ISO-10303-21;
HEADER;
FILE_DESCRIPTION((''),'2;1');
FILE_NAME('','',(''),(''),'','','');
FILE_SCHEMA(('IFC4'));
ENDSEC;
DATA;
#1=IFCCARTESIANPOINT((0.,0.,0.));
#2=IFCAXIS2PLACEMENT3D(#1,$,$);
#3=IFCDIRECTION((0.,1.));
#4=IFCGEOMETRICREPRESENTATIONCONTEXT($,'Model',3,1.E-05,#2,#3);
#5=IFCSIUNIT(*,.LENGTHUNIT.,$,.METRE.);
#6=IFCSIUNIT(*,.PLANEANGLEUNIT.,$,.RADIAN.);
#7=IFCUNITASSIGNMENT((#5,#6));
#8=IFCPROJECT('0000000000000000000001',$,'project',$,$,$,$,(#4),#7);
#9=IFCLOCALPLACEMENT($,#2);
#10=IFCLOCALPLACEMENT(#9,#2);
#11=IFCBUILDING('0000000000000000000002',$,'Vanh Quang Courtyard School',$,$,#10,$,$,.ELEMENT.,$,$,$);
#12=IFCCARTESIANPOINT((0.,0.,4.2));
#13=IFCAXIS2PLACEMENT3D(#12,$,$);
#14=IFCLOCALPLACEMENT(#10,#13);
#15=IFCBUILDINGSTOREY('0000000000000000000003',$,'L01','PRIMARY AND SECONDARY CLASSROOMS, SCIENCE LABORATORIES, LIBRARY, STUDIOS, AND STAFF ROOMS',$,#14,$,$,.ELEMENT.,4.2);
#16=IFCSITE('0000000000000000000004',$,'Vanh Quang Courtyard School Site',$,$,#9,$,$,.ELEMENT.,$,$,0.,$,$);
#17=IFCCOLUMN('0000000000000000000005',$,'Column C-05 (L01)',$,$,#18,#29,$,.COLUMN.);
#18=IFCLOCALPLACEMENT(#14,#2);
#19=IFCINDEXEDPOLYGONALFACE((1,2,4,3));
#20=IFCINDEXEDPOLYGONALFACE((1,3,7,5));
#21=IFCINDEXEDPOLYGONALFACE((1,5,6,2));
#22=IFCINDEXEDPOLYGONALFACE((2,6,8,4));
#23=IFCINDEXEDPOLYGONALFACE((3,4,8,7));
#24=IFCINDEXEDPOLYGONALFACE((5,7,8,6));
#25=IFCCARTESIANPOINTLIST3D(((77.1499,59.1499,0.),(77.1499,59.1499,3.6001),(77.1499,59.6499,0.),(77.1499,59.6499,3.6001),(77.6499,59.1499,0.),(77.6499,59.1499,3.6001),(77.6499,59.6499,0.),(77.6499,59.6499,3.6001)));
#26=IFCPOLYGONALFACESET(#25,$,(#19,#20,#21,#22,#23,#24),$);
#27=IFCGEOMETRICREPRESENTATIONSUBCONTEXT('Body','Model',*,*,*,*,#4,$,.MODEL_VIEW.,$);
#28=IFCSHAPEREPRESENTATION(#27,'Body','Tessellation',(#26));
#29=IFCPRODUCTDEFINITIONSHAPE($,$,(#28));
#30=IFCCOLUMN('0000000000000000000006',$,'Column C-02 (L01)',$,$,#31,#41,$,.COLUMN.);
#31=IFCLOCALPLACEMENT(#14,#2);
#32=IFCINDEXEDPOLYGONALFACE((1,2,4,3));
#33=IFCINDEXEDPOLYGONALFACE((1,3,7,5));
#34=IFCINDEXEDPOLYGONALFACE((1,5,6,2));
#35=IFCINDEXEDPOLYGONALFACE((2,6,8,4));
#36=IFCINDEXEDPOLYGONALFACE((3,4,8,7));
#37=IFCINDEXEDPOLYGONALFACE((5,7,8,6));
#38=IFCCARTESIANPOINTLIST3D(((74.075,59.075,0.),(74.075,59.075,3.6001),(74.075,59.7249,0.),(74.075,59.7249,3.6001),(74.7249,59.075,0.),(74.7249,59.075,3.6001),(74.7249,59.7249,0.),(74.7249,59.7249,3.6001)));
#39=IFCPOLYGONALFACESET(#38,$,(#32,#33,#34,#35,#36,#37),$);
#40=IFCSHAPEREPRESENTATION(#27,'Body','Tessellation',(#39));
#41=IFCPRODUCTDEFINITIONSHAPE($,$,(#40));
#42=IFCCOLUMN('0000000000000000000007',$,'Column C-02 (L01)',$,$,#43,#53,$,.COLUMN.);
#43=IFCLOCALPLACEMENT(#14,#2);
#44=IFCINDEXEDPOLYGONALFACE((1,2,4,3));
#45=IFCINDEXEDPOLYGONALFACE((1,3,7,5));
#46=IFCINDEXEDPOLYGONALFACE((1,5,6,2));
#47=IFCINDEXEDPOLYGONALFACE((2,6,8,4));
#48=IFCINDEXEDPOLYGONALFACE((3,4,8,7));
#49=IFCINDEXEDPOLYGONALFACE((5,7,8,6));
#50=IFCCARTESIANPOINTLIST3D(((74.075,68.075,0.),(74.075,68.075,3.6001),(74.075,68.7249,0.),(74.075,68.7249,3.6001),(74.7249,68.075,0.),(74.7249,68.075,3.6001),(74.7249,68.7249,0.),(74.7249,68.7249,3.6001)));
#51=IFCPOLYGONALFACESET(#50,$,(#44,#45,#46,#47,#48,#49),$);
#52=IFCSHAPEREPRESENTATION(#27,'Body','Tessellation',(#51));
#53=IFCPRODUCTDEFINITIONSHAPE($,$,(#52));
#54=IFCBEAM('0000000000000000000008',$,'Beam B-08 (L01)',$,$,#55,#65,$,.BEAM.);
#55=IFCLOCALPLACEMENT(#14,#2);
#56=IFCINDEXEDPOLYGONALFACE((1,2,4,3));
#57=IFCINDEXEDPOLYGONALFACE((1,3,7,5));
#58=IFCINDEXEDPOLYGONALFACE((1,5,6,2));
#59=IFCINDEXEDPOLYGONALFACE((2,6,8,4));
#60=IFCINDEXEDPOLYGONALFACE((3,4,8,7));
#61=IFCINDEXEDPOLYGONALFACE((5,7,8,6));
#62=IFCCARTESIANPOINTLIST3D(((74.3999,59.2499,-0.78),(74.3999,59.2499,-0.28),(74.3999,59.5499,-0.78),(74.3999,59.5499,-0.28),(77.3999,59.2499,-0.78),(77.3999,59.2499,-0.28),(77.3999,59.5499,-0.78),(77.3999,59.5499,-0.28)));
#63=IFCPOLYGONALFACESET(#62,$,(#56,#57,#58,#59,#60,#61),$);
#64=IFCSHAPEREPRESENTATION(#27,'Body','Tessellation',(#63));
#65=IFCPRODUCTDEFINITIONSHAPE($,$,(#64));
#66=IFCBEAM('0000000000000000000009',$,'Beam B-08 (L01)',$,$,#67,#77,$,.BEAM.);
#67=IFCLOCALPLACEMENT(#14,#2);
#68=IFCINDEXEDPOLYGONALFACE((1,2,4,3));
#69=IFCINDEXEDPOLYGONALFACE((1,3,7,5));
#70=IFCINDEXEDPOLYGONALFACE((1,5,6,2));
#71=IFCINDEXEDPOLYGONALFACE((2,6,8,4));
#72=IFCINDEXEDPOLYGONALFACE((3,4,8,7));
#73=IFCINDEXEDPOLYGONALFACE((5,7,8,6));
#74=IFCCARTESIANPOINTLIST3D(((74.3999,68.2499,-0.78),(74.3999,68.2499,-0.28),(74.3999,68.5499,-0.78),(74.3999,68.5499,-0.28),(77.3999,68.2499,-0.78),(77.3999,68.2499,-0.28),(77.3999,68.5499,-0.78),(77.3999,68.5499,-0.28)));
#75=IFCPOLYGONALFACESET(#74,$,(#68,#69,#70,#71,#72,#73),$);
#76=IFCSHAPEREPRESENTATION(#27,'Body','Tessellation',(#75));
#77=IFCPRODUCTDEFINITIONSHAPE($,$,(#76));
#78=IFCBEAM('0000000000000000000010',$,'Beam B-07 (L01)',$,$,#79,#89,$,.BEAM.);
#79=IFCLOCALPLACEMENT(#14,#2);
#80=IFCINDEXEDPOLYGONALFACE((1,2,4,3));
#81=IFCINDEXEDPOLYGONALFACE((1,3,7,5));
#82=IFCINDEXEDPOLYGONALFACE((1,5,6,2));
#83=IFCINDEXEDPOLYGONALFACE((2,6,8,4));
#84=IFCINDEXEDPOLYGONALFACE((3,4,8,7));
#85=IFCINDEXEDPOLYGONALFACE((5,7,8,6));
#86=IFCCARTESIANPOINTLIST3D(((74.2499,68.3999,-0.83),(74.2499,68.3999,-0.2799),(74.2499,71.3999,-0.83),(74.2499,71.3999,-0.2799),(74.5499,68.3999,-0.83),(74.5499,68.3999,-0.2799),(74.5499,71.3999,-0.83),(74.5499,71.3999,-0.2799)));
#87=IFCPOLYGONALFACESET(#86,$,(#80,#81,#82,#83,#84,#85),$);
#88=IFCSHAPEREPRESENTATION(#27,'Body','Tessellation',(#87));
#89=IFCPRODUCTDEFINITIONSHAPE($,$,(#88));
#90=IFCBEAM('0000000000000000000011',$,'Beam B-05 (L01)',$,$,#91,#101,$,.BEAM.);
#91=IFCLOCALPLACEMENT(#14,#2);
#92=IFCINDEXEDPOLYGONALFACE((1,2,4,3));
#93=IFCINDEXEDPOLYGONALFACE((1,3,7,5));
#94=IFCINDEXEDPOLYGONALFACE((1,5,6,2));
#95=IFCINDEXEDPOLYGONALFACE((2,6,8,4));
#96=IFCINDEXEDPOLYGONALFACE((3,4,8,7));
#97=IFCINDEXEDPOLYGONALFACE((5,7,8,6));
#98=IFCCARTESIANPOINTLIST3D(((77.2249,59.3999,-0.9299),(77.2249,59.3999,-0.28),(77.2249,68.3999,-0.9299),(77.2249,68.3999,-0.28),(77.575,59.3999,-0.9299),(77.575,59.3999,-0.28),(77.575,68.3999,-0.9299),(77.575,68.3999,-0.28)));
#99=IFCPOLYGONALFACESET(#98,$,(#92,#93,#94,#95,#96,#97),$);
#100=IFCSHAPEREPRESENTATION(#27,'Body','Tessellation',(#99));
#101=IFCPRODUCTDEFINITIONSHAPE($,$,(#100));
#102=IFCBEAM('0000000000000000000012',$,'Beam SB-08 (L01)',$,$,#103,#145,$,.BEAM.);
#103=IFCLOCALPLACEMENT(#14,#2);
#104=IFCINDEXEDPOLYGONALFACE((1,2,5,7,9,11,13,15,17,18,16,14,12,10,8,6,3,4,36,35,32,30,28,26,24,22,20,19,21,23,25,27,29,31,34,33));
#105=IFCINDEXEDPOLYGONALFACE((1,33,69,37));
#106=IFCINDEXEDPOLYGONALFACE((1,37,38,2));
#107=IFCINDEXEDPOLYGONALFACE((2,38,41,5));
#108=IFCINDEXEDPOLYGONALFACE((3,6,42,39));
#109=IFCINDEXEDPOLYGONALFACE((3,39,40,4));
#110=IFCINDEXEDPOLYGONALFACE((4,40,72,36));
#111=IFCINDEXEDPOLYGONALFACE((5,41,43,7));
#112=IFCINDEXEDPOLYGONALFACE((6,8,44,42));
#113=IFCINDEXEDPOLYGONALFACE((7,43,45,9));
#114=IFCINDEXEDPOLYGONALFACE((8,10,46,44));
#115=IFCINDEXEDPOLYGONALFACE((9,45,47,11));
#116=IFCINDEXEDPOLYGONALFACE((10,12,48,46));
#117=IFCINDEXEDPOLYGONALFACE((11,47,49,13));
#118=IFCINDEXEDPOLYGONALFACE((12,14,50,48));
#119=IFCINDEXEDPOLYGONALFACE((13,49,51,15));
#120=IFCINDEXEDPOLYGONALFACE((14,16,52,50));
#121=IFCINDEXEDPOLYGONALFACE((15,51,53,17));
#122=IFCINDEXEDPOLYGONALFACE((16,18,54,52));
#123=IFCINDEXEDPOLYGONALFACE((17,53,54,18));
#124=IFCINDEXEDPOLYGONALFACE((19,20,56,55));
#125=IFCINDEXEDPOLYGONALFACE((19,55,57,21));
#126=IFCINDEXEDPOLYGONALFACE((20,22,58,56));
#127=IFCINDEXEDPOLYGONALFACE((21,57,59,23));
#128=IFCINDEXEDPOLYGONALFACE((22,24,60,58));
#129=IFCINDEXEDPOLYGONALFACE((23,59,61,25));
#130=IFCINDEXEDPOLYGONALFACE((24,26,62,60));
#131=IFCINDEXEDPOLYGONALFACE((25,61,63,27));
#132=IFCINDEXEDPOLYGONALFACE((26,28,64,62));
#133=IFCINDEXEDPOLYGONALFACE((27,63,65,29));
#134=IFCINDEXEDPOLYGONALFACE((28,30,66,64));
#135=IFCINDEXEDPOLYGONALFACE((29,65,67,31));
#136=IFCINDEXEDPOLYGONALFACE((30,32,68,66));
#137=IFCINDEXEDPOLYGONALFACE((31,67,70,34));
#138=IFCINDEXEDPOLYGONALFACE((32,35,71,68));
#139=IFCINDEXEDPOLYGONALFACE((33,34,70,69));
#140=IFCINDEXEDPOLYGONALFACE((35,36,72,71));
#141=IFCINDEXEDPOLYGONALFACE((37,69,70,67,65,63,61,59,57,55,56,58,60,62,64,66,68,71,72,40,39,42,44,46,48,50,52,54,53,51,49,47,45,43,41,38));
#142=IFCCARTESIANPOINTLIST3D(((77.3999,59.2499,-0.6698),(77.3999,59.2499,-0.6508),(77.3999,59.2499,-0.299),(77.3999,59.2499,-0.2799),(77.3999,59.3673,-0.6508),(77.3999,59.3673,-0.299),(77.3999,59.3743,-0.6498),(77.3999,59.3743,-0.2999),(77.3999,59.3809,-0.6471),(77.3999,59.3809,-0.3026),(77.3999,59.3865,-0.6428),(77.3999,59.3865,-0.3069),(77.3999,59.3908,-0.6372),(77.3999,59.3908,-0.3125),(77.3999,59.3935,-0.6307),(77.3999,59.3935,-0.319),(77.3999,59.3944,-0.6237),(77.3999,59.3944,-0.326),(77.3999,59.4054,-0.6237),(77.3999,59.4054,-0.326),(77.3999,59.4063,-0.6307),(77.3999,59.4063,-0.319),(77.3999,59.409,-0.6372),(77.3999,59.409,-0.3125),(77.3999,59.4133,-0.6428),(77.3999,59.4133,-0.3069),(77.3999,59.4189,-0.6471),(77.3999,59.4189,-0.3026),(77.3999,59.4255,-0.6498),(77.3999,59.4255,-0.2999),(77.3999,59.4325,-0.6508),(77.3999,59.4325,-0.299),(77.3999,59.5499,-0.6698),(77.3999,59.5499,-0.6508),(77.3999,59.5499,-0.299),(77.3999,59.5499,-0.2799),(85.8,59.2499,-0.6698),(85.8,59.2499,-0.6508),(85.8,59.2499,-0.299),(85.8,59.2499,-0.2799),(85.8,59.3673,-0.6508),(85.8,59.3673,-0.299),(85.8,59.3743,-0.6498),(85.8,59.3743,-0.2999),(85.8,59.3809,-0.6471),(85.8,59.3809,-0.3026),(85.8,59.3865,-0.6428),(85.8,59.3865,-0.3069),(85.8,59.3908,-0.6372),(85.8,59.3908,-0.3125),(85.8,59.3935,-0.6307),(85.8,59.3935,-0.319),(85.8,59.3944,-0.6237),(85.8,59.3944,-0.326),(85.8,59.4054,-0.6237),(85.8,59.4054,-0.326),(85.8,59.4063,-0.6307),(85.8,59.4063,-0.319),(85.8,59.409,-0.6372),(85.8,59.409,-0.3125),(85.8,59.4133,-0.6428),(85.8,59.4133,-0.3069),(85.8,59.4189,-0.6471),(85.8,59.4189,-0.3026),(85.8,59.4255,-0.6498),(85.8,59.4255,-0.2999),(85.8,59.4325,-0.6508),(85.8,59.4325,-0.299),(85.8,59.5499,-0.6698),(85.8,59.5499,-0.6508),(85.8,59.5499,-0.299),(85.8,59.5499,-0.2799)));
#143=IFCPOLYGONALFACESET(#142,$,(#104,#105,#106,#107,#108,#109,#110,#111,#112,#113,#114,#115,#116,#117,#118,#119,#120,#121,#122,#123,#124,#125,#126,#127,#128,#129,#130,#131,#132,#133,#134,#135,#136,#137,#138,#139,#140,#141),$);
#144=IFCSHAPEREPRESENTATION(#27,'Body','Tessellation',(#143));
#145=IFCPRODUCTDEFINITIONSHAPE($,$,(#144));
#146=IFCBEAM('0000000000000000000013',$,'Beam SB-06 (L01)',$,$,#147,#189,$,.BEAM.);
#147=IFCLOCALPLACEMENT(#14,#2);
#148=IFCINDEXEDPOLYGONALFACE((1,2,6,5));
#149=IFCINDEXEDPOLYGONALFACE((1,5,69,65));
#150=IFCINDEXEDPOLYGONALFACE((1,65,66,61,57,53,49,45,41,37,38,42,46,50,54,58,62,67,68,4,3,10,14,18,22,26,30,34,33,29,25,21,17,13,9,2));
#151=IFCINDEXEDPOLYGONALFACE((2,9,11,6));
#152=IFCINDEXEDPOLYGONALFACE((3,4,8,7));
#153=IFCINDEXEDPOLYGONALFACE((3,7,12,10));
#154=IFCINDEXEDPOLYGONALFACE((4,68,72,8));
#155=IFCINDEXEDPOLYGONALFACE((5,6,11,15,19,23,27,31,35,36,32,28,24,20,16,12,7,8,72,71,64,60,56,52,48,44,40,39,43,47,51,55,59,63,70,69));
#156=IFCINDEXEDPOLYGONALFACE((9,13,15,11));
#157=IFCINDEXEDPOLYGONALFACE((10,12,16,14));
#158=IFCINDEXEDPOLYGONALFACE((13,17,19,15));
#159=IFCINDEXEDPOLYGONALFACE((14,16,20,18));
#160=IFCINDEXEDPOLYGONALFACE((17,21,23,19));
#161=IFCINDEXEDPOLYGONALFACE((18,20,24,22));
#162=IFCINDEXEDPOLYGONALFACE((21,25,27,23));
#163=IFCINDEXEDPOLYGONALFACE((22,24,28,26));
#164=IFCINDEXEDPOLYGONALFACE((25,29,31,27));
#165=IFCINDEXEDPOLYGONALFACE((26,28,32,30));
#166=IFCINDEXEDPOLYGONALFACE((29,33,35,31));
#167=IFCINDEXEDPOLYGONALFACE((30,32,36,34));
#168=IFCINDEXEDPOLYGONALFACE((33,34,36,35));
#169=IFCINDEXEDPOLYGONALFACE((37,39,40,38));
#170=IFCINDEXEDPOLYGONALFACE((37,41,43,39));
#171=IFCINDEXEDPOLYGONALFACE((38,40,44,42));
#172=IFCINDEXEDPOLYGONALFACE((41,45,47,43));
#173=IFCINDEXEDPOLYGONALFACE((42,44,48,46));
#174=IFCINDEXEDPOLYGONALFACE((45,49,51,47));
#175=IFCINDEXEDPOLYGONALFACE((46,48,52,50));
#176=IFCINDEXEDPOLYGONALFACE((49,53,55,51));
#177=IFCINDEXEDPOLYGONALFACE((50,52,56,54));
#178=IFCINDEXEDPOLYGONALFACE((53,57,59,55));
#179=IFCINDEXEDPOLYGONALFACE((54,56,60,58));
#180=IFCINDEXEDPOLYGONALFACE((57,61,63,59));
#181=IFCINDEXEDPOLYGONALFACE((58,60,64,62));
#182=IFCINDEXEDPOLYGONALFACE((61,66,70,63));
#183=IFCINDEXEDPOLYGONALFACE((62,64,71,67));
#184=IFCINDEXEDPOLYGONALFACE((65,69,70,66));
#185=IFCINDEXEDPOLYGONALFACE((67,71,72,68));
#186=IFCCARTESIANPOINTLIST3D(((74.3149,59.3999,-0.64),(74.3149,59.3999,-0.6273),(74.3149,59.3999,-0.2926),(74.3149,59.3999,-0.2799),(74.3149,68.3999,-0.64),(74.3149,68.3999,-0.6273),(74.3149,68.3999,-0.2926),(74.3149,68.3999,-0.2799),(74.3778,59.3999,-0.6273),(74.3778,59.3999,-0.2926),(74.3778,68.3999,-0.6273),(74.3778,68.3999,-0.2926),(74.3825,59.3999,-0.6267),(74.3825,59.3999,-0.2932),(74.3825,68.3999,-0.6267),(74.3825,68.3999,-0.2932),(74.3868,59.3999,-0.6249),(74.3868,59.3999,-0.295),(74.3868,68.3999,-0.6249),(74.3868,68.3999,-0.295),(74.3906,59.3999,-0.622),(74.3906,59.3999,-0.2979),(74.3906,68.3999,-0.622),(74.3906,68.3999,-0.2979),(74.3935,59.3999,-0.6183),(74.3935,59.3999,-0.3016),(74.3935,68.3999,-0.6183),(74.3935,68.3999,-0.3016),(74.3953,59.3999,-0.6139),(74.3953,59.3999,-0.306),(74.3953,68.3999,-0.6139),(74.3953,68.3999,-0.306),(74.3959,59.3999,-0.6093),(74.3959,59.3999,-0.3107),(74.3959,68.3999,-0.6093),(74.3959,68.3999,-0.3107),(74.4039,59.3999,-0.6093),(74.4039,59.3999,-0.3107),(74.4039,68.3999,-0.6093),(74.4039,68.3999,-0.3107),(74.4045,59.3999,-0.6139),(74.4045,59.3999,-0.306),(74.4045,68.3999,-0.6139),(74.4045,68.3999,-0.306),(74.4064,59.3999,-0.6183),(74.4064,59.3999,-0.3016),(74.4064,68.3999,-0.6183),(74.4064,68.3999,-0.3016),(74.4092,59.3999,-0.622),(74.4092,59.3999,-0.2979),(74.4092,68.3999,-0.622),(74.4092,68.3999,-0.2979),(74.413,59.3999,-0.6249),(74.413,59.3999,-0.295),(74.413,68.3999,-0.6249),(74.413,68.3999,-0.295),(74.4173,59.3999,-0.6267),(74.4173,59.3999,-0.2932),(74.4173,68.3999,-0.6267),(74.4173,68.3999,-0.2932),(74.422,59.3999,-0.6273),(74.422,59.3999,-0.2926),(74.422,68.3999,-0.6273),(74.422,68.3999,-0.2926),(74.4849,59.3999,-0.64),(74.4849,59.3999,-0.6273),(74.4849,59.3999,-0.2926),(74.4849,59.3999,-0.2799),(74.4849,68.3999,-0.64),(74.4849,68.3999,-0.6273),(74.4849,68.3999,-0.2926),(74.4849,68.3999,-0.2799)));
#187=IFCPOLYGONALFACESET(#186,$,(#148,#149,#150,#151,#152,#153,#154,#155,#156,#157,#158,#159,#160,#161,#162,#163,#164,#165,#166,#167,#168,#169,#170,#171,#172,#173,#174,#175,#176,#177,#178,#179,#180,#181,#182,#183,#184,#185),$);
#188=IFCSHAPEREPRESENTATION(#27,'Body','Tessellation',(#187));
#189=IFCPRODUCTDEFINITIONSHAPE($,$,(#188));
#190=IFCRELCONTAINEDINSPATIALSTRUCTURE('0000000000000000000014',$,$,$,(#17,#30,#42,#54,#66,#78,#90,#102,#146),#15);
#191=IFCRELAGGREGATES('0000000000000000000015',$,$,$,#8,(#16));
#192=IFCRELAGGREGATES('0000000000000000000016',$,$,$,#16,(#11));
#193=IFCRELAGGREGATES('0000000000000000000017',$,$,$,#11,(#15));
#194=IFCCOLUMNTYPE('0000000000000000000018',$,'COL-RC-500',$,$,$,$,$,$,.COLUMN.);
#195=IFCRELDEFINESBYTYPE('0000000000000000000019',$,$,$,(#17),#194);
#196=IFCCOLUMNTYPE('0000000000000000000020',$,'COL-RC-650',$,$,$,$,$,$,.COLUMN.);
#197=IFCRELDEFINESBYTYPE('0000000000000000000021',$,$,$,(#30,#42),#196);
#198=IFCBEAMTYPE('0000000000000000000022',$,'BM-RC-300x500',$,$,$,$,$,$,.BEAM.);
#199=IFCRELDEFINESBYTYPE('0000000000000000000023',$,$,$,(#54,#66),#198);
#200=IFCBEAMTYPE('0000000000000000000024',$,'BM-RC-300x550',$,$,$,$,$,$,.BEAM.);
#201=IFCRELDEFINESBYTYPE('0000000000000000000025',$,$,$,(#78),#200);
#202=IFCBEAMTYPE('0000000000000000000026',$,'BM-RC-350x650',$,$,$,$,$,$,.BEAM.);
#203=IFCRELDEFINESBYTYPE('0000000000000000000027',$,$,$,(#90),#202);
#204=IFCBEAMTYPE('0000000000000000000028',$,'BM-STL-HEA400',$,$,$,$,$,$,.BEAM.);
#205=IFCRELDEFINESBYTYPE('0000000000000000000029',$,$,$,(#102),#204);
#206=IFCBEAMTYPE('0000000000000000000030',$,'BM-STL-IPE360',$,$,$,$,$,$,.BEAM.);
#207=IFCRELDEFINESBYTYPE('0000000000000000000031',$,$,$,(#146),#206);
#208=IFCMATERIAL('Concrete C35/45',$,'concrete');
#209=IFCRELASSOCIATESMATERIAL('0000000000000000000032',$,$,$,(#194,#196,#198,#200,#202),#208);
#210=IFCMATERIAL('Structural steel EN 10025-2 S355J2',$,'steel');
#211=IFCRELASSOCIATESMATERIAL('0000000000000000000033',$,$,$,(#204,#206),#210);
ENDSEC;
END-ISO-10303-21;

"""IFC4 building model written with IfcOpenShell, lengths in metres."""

from ifc_helpers import new_model, si_unit, direction, frame, origin, origin_2d, place, context, subcontext, project, spatial, rectangle, i_section, extrude, material, material_profile, profile_set, type_object, element, save


model = new_model("IFC4")

# Units and contexts
model_context = context("Model", 3, precision=1e-05, world=origin(), true_north=direction((0.0, 1.0)))
body_context = subcontext(model_context, "Body", "Model", "MODEL_VIEW")
ifc_project = project(units=[si_unit("LENGTHUNIT", "METRE"), si_unit("PLANEANGLEUNIT", "RADIAN")], contexts=[model_context])

# Site, building, storey
site_placement = place(None, origin())
site = spatial("IfcSite", under=ifc_project, at=site_placement, Name="Vanh Quang Courtyard School Site", CompositionType="ELEMENT", RefElevation=0.0)
building_placement = place(site_placement, origin())
building = spatial("IfcBuilding", under=site, at=building_placement, Name="Vanh Quang Courtyard School", CompositionType="ELEMENT")
storey_placement = place(building_placement, frame((0.0, 0.0, 4.2)))
storey = spatial("IfcBuildingStorey", under=building, at=storey_placement, Name="L01", Description="PRIMARY AND SECONDARY CLASSROOMS, SCIENCE LABORATORIES, LIBRARY, STUDIOS, AND STAFF ROOMS", CompositionType="ELEMENT", Elevation=4.2)

# Columns
ifc_material_1 = material(Name="Concrete C35/45", Category="concrete")
ifc_material_profile_1 = material_profile(ifc_material_1, rectangle(XDim=0.5, YDim=0.5, at=origin_2d()), Name="RC-COL 500x500")
ifc_profile_set_1 = profile_set([ifc_material_profile_1], Name="Concrete C35/45")
column_type_1 = type_object("IfcColumnType", Name="COL-RC-500", PredefinedType="COLUMN", material=ifc_profile_set_1)
column_placement = place(storey_placement, frame((77.3999, 59.3999, 0.0), z_axis=(0.0, 0.0, 1.0), x_axis=(1.0, 0.0, 0.0)))
element("IfcColumn", 1, at=column_placement, inside=storey, type_object=column_type_1, Name="Column C-05 (L01)", PredefinedType="COLUMN", context=body_context, shape_type="SweptSolid", body=[
    extrude(rectangle(XDim=0.5, YDim=0.5, at=origin_2d()), origin(), (0.0, 0.0, 1.0), 3.6001),
])
ifc_material_profile_2 = material_profile(ifc_material_1, rectangle(XDim=0.6499, YDim=0.6499, at=origin_2d()), Name="RC-COL 650x650")
ifc_profile_set_2 = profile_set([ifc_material_profile_2], Name="Concrete C35/45")
column_type_2 = type_object("IfcColumnType", Name="COL-RC-650", PredefinedType="COLUMN", material=ifc_profile_set_2)
for number, where, z_axis, x_axis, name in (
    (2, (74.3999, 59.3999, 0.0), (0.0, 0.0, 1.0), (1.0, 0.0, 0.0), "Column C-02 (L01)"),
    (3, (74.3999, 68.3999, 0.0), (0.0, 0.0, 1.0), (1.0, 0.0, 0.0), "Column C-02 (L01)"),
):
    element("IfcColumn", number, at=place(storey_placement, frame(where, z_axis=z_axis, x_axis=x_axis)), inside=storey, type_object=column_type_2, Name=name, PredefinedType="COLUMN", context=body_context, shape_type="SweptSolid", body=[
        extrude(rectangle(XDim=0.6499, YDim=0.6499, at=origin_2d()), origin(), (0.0, 0.0, 1.0), 3.6001),
    ])

# Beams
ifc_material_profile_3 = material_profile(ifc_material_1, rectangle(XDim=0.3, YDim=0.5, at=origin_2d()), Name="RC-BM 300x500")
ifc_profile_set_3 = profile_set([ifc_material_profile_3], Name="Concrete C35/45")
beam_type_1 = type_object("IfcBeamType", Name="BM-RC-300x500", PredefinedType="BEAM", material=ifc_profile_set_3)
for number, where, z_axis, x_axis, name in (
    (4, (74.3999, 59.3999, -0.53), (1.0, 0.0, 0.0), (0.0, 1.0, 0.0), "Beam B-08 (L01)"),
    (5, (74.3999, 68.3999, -0.53), (1.0, 0.0, 0.0), (0.0, 1.0, 0.0), "Beam B-08 (L01)"),
):
    element("IfcBeam", number, at=place(storey_placement, frame(where, z_axis=z_axis, x_axis=x_axis)), inside=storey, type_object=beam_type_1, Name=name, PredefinedType="BEAM", context=body_context, shape_type="SweptSolid", body=[
        extrude(rectangle(XDim=0.3, YDim=0.5, at=origin_2d()), origin(), (0.0, 0.0, 1.0), 3.0),
    ])
ifc_material_profile_4 = material_profile(ifc_material_1, rectangle(XDim=0.3, YDim=0.55, at=origin_2d()), Name="RC-BM 300x550")
ifc_profile_set_4 = profile_set([ifc_material_profile_4], Name="Concrete C35/45")
beam_type_2 = type_object("IfcBeamType", Name="BM-RC-300x550", PredefinedType="BEAM", material=ifc_profile_set_4)
beam_1_placement = place(storey_placement, frame((74.3999, 68.3999, -0.5549), z_axis=(0.0, 1.0, 0.0), x_axis=(-1.0, 0.0, 0.0)))
element("IfcBeam", 6, at=beam_1_placement, inside=storey, type_object=beam_type_2, Name="Beam B-07 (L01)", PredefinedType="BEAM", context=body_context, shape_type="SweptSolid", body=[
    extrude(rectangle(XDim=0.3, YDim=0.55, at=origin_2d()), origin(), (0.0, 0.0, 1.0), 3.0),
])
ifc_material_profile_5 = material_profile(ifc_material_1, rectangle(XDim=0.3501, YDim=0.6499, at=origin_2d()), Name="RC-BM 350x650")
ifc_profile_set_5 = profile_set([ifc_material_profile_5], Name="Concrete C35/45")
beam_type_3 = type_object("IfcBeamType", Name="BM-RC-350x650", PredefinedType="BEAM", material=ifc_profile_set_5)
beam_2_placement = place(storey_placement, frame((77.3999, 59.3999, -0.605), z_axis=(0.0, 1.0, 0.0), x_axis=(-1.0, 0.0, 0.0)))
element("IfcBeam", 7, at=beam_2_placement, inside=storey, type_object=beam_type_3, Name="Beam B-05 (L01)", PredefinedType="BEAM", context=body_context, shape_type="SweptSolid", body=[
    extrude(rectangle(XDim=0.3501, YDim=0.6499, at=origin_2d()), origin(), (0.0, 0.0, 1.0), 9.0),
])
ifc_material_2 = material(Name="Structural steel EN 10025-2 S355J2", Category="steel")
ifc_material_profile_6 = material_profile(ifc_material_2, i_section(OverallWidth=0.3, OverallDepth=0.3899, WebThickness=0.011, FlangeThickness=0.019, FilletRadius=0.0271, at=origin_2d()), Name="HEA 400")
ifc_profile_set_6 = profile_set([ifc_material_profile_6], Name="Structural steel EN 10025-2 S355J2")
beam_type_4 = type_object("IfcBeamType", Name="BM-STL-HEA400", PredefinedType="BEAM", material=ifc_profile_set_6)
beam_3_placement = place(storey_placement, frame((77.3999, 59.3999, -0.4749), z_axis=(1.0, 0.0, 0.0), x_axis=(0.0, 1.0, 0.0)))
element("IfcBeam", 8, at=beam_3_placement, inside=storey, type_object=beam_type_4, Name="Beam SB-08 (L01)", PredefinedType="BEAM", context=body_context, shape_type="SweptSolid", body=[
    extrude(i_section(OverallWidth=0.3, OverallDepth=0.3899, WebThickness=0.011, FlangeThickness=0.019, FilletRadius=0.0271, at=origin_2d()), origin(), (0.0, 0.0, 1.0), 8.4001),
])
ifc_material_profile_7 = material_profile(ifc_material_2, i_section(OverallWidth=0.1699, OverallDepth=0.3601, WebThickness=0.0081, FlangeThickness=0.0127, FilletRadius=0.0181, at=origin_2d()), Name="IPE 360")
ifc_profile_set_7 = profile_set([ifc_material_profile_7], Name="Structural steel EN 10025-2 S355J2")
beam_type_5 = type_object("IfcBeamType", Name="BM-STL-IPE360", PredefinedType="BEAM", material=ifc_profile_set_7)
beam_4_placement = place(storey_placement, frame((74.3999, 59.3999, -0.46), z_axis=(0.0, 1.0, 0.0), x_axis=(-1.0, 0.0, 0.0)))
element("IfcBeam", 9, at=beam_4_placement, inside=storey, type_object=beam_type_5, Name="Beam SB-06 (L01)", PredefinedType="BEAM", context=body_context, shape_type="SweptSolid", body=[
    extrude(i_section(OverallWidth=0.1699, OverallDepth=0.3601, WebThickness=0.0081, FlangeThickness=0.0127, FilletRadius=0.0181, at=origin_2d()), origin(), (0.0, 0.0, 1.0), 9.0),
])

save(model, "model.ifc")
